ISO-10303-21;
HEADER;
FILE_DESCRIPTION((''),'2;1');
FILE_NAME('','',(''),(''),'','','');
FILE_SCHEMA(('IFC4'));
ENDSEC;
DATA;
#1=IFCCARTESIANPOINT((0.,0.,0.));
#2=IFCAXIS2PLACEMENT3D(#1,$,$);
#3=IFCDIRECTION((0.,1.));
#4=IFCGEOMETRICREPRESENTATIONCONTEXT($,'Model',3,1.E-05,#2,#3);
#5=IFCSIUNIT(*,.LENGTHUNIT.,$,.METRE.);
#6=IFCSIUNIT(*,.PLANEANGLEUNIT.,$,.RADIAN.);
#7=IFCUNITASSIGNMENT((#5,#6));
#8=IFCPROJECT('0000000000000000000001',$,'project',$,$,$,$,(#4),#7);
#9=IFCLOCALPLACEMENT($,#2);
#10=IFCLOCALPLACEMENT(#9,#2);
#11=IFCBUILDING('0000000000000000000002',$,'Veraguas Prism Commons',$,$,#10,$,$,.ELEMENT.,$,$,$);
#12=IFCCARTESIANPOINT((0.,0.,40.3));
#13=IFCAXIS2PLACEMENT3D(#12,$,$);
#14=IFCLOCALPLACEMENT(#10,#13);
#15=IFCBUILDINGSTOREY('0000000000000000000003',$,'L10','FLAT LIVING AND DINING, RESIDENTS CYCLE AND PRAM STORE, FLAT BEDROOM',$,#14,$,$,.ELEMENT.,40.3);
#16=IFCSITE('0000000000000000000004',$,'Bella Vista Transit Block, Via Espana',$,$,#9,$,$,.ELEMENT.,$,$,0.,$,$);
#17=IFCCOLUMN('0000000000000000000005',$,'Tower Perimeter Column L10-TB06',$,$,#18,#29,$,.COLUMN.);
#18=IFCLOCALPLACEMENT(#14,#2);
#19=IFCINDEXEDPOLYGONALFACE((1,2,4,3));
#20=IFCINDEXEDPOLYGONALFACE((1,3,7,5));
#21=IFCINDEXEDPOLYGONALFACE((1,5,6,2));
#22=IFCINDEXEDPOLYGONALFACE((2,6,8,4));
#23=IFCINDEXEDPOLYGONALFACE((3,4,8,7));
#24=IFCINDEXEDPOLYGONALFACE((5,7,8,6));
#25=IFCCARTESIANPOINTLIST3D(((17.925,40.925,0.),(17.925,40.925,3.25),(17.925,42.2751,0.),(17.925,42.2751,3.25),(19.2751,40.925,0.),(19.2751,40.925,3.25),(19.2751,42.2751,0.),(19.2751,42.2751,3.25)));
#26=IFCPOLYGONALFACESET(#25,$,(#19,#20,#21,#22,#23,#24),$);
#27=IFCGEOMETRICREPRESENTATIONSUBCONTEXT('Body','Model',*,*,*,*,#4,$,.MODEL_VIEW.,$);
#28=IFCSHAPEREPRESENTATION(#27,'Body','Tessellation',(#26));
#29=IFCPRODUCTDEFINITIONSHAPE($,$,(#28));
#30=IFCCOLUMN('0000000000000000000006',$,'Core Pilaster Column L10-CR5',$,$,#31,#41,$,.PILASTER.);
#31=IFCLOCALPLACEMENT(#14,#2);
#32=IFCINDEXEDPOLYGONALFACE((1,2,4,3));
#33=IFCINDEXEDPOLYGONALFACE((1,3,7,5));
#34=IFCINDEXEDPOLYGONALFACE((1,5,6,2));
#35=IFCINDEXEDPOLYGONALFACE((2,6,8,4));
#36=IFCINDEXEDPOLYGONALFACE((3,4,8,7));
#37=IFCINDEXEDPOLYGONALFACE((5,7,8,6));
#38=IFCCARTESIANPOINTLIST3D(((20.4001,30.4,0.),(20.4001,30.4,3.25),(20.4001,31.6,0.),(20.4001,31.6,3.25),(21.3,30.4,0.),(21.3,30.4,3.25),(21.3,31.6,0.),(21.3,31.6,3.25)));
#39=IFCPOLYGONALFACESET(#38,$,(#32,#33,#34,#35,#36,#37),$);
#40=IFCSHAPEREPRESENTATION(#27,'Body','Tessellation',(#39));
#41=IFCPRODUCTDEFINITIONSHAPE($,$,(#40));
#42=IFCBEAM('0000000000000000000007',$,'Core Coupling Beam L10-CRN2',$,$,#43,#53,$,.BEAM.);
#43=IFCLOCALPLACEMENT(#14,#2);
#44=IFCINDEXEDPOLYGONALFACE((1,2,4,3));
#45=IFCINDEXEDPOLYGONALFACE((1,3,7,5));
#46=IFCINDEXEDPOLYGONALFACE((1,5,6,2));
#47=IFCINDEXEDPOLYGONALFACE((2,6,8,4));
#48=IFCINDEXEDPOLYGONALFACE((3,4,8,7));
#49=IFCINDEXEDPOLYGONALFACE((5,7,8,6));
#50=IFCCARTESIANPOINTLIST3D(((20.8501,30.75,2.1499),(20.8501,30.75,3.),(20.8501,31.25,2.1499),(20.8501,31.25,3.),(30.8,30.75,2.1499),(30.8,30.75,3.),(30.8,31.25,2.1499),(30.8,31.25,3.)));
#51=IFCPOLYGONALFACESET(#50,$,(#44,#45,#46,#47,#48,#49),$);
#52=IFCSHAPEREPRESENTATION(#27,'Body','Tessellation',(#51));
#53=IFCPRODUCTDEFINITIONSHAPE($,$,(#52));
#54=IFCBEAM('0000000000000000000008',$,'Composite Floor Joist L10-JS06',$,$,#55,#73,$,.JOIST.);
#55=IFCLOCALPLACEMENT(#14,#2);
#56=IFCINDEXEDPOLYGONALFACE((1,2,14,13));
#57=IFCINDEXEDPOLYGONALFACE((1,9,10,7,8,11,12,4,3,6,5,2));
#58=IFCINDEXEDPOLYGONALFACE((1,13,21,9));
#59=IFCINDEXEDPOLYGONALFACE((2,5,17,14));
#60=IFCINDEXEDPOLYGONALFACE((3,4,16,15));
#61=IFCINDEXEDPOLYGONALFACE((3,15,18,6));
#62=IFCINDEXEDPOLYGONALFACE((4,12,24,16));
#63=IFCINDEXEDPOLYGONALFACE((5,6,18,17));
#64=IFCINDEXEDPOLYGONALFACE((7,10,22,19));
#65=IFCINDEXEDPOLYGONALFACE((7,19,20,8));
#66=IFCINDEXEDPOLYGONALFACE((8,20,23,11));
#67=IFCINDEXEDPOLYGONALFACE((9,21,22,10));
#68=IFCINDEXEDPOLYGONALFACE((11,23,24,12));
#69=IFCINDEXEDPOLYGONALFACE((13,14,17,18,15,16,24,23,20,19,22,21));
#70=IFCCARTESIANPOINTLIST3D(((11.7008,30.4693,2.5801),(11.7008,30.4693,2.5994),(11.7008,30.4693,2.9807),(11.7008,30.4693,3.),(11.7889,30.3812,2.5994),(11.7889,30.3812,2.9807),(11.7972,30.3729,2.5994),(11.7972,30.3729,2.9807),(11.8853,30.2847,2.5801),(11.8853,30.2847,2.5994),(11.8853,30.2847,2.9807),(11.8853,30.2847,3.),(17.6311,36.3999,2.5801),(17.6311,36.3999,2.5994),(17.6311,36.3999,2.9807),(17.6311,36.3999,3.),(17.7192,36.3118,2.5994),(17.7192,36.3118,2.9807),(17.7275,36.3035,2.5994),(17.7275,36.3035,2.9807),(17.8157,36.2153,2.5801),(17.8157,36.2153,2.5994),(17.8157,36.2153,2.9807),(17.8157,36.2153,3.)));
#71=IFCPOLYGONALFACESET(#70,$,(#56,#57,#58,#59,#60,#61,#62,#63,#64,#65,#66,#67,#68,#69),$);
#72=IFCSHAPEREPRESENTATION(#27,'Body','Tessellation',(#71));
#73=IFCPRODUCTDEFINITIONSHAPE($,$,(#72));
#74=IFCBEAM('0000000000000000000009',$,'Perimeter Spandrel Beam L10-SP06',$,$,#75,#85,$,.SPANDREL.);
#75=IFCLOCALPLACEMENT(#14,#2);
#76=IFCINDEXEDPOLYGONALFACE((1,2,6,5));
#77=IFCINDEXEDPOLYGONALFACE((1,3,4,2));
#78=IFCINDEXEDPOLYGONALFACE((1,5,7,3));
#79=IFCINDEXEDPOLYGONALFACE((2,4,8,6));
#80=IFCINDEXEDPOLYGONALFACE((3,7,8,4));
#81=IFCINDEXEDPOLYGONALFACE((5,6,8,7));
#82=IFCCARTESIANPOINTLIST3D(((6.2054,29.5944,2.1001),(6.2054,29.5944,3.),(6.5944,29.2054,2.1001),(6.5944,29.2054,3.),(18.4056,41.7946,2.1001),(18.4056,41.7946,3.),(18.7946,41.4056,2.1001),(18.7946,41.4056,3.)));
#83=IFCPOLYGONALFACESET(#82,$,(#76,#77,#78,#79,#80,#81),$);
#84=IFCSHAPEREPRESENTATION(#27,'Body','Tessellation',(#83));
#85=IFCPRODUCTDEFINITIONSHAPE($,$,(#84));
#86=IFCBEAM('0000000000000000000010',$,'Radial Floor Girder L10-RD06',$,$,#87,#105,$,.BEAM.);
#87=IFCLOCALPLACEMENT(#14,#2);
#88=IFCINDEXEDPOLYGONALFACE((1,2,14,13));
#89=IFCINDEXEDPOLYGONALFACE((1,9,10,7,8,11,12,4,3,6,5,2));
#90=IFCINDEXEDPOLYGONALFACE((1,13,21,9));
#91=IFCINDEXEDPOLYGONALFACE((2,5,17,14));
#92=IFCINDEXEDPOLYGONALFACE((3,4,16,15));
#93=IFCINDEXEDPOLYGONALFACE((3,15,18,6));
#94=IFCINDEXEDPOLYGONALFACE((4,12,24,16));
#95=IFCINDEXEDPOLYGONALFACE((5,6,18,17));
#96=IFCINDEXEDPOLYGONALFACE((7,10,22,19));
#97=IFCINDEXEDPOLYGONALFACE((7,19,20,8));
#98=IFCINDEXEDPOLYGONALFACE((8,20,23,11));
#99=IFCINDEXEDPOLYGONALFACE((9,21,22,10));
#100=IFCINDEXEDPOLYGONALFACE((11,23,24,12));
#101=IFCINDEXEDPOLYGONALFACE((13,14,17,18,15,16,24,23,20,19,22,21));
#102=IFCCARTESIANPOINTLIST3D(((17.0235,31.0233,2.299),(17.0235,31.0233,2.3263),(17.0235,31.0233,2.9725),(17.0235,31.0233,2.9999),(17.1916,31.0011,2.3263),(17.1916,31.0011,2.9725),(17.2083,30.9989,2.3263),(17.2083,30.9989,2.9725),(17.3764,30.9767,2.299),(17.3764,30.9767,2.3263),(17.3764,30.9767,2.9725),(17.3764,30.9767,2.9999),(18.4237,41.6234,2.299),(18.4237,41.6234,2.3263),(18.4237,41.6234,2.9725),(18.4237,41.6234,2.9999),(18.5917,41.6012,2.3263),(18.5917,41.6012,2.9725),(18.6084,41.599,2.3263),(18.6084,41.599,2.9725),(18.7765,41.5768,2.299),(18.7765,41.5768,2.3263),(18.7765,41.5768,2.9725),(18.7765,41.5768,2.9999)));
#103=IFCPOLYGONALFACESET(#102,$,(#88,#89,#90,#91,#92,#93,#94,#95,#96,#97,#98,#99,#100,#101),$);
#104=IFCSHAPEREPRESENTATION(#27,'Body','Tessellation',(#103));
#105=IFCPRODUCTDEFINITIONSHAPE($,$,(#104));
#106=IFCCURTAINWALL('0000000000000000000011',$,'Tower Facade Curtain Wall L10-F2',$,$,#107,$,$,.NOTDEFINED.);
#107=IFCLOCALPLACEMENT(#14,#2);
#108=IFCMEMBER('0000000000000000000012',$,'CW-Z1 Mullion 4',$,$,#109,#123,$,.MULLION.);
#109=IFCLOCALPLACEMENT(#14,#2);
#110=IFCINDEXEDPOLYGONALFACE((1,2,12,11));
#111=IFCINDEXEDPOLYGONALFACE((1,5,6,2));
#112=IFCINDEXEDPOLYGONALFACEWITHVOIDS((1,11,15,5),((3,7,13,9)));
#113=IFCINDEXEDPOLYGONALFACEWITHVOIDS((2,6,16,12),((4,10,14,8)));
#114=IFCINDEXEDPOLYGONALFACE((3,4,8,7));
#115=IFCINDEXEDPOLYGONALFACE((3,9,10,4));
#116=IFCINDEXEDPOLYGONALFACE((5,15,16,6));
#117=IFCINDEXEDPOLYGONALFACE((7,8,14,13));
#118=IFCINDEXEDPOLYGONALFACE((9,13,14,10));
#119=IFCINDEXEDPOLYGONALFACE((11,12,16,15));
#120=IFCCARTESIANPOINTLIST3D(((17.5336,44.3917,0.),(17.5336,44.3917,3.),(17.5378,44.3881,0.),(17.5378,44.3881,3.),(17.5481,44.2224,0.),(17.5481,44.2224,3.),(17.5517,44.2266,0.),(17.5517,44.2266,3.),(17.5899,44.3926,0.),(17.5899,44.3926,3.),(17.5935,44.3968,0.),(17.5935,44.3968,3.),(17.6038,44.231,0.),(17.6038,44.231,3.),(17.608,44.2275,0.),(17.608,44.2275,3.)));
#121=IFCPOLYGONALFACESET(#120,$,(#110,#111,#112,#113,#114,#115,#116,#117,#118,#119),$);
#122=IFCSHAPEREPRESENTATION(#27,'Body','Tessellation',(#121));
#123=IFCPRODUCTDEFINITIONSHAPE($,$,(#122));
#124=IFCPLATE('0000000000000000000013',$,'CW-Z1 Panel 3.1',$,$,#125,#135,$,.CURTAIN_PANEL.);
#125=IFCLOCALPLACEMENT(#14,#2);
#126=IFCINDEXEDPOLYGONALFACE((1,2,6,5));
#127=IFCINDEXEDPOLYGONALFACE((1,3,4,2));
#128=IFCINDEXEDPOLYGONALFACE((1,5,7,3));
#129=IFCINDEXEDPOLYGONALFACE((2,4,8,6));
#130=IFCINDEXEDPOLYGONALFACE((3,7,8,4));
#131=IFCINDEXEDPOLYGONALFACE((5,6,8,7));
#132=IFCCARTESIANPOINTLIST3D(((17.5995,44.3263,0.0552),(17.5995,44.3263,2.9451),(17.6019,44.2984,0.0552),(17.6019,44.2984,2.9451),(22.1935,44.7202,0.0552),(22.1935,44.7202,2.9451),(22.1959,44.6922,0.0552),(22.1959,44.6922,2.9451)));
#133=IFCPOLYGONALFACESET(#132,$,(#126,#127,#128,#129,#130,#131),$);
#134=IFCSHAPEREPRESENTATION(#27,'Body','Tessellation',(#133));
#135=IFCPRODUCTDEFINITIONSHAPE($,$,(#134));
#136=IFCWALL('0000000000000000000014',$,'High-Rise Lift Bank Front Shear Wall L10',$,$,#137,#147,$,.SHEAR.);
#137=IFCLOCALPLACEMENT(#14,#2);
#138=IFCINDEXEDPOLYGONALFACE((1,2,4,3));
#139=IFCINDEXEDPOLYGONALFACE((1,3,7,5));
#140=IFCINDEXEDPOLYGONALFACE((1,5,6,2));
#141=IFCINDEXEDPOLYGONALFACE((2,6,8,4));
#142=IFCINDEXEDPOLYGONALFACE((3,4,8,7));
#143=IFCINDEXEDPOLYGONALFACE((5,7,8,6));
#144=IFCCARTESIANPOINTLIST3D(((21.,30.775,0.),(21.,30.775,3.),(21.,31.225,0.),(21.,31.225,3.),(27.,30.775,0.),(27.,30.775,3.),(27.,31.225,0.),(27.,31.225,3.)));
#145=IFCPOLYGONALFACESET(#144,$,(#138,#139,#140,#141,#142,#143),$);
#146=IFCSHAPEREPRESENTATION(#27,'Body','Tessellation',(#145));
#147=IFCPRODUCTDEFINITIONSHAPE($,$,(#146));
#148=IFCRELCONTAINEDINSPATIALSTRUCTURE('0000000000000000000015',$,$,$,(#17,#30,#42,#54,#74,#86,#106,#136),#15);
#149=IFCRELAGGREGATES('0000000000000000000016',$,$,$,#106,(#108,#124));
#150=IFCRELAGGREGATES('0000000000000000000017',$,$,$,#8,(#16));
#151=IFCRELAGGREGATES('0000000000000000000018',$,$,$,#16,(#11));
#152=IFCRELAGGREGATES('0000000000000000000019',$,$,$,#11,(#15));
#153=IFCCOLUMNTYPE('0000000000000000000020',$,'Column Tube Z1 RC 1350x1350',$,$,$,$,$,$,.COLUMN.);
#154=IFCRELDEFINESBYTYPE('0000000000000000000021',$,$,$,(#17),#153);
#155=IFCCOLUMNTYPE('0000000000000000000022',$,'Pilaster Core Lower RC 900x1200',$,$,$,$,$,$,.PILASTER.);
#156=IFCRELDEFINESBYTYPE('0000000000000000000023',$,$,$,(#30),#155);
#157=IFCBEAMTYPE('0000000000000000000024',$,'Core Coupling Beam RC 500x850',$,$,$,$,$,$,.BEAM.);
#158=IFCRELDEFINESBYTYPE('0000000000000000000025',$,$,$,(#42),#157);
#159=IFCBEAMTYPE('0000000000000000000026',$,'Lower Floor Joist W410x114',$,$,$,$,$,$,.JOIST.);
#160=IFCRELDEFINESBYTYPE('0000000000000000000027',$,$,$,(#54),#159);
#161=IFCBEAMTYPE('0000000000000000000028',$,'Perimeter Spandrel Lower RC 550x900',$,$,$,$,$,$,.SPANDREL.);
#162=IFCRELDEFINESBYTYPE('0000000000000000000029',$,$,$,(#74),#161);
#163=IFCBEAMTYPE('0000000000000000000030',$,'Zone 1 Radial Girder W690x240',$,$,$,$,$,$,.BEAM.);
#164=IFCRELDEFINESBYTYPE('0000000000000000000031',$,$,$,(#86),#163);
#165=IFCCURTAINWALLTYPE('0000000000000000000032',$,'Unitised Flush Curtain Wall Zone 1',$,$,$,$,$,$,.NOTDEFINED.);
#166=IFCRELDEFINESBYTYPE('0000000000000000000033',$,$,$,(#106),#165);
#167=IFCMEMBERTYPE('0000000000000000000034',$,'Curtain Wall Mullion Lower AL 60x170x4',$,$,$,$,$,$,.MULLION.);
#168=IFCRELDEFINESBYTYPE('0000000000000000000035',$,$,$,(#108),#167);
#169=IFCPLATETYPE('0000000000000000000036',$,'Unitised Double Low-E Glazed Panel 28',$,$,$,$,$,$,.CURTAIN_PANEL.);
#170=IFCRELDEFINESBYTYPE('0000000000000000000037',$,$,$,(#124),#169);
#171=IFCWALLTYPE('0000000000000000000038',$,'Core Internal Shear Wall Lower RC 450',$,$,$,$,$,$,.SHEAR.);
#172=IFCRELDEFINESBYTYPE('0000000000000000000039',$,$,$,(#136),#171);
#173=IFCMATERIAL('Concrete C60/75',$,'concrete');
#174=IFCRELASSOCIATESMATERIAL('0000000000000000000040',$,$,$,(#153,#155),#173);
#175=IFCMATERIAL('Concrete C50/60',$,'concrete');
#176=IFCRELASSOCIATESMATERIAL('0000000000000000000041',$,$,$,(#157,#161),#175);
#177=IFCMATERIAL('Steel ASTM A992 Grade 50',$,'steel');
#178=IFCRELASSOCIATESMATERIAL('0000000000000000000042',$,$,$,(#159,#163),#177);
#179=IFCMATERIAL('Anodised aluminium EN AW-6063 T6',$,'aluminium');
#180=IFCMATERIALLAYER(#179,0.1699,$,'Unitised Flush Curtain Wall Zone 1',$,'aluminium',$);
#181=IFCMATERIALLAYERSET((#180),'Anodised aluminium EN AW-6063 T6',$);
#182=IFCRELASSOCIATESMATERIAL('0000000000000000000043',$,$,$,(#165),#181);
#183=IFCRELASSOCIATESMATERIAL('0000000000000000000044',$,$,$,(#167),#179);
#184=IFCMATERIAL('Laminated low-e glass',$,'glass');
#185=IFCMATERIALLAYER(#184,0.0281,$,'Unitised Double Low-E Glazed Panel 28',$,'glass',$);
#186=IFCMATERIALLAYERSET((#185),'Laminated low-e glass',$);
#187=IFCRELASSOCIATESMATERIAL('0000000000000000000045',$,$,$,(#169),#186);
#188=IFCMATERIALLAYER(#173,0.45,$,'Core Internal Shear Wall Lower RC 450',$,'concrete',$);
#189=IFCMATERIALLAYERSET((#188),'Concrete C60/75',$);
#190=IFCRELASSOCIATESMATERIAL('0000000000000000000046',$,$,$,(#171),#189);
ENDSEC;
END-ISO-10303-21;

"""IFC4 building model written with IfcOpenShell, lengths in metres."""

from ifc_helpers import new_model, si_unit, direction, frame, frame_2d, origin, origin_2d, place, context, subcontext, project, spatial, rectangle, hollow_rectangle, i_section, extrude, source, transform, mapped, material, layer, layer_set, material_profile, profile_set, type_object, element, aggregate, save


model = new_model("IFC4")

# Units and contexts
model_context = context("Model", 3, precision=1e-05, world=origin(), true_north=direction((0.0, 1.0)))
body_context = subcontext(model_context, "Body", "Model", "MODEL_VIEW")
ifc_project = project(units=[si_unit("LENGTHUNIT", "METRE"), si_unit("PLANEANGLEUNIT", "RADIAN")], contexts=[model_context])

# Site, building, storey
site_placement = place(None, origin())
site = spatial("IfcSite", under=ifc_project, at=site_placement, Name="Bella Vista Transit Block, Via Espana", CompositionType="ELEMENT", RefElevation=0.0)
building_placement = place(site_placement, origin())
building = spatial("IfcBuilding", under=site, at=building_placement, Name="Veraguas Prism Commons", CompositionType="ELEMENT")
storey_placement = place(building_placement, frame((0.0, 0.0, 40.3)))
storey = spatial("IfcBuildingStorey", under=building, at=storey_placement, Name="L10", Description="FLAT LIVING AND DINING, RESIDENTS CYCLE AND PRAM STORE, FLAT BEDROOM", CompositionType="ELEMENT", Elevation=40.3)

# Columns
ifc_material_1 = material(Name="Concrete C60/75", Category="concrete")
ifc_material_profile_1 = material_profile(ifc_material_1, rectangle(XDim=1.3501, YDim=1.3501, at=origin_2d()), Name="RC1350X1350")
ifc_profile_set_1 = profile_set([ifc_material_profile_1], Name="Concrete C60/75")
column_type_1 = type_object("IfcColumnType", Name="Column Tube Z1 RC 1350x1350", PredefinedType="COLUMN", material=ifc_profile_set_1)
column_1_placement = place(storey_placement, frame((18.6001, 41.6001, 0.0), z_axis=(0.0, 0.0, 1.0), x_axis=(1.0, 0.0, 0.0)))
element("IfcColumn", 1, at=column_1_placement, inside=storey, type_object=column_type_1, Name="Tower Perimeter Column L10-TB06", PredefinedType="COLUMN", context=body_context, shape_type="SweptSolid", body=[
    extrude(rectangle(XDim=1.3501, YDim=1.3501, at=origin_2d()), origin(), (0.0, 0.0, 1.0), 3.25),
])
ifc_material_profile_2 = material_profile(ifc_material_1, rectangle(XDim=0.8999, YDim=1.2, at=origin_2d()), Name="RC900X1200")
ifc_profile_set_2 = profile_set([ifc_material_profile_2], Name="Concrete C60/75")
column_type_2 = type_object("IfcColumnType", Name="Pilaster Core Lower RC 900x1200", PredefinedType="PILASTER", material=ifc_profile_set_2)
column_2_placement = place(storey_placement, frame((20.8501, 31.0, 0.0), z_axis=(0.0, 0.0, 1.0), x_axis=(1.0, 0.0, 0.0)))
element("IfcColumn", 2, at=column_2_placement, inside=storey, type_object=column_type_2, Name="Core Pilaster Column L10-CR5", PredefinedType="PILASTER", context=body_context, shape_type="SweptSolid", body=[
    extrude(rectangle(XDim=0.8999, YDim=1.2, at=origin_2d()), origin(), (0.0, 0.0, 1.0), 3.25),
])

# Beams
ifc_material_2 = material(Name="Concrete C50/60", Category="concrete")
ifc_material_profile_3 = material_profile(ifc_material_2, rectangle(XDim=0.5, YDim=0.8501, at=origin_2d()), Name="RC500X850")
ifc_profile_set_3 = profile_set([ifc_material_profile_3], Name="Concrete C50/60")
beam_type_1 = type_object("IfcBeamType", Name="Core Coupling Beam RC 500x850", PredefinedType="BEAM", material=ifc_profile_set_3)
beam_1_placement = place(storey_placement, frame((20.8501, 31.0, 2.575), z_axis=(1.0, 0.0, 0.0), x_axis=(0.0, 1.0, 0.0)))
element("IfcBeam", 3, at=beam_1_placement, inside=storey, type_object=beam_type_1, Name="Core Coupling Beam L10-CRN2", PredefinedType="BEAM", context=body_context, shape_type="SweptSolid", body=[
    extrude(rectangle(XDim=0.5, YDim=0.8501, at=origin_2d()), origin(), (0.0, 0.0, 1.0), 9.95),
])
ifc_material_3 = material(Name="Steel ASTM A992 Grade 50", Category="steel")
ifc_material_profile_4 = material_profile(ifc_material_3, i_section(OverallWidth=0.261, OverallDepth=0.4199, WebThickness=0.0117, FlangeThickness=0.0193, at=origin_2d()), Name="W410X114")
ifc_profile_set_4 = profile_set([ifc_material_profile_4], Name="Steel ASTM A992 Grade 50")
beam_type_2 = type_object("IfcBeamType", Name="Lower Floor Joist W410x114", PredefinedType="JOIST", material=ifc_profile_set_4)
beam_2_placement = place(storey_placement, frame((17.7234, 36.3076, 2.79), z_axis=(-0.707092, -0.707121, 0.0), x_axis=(0.707121, -0.707092, 0.0)))
element("IfcBeam", 4, at=beam_2_placement, inside=storey, type_object=beam_type_2, Name="Composite Floor Joist L10-JS06", PredefinedType="JOIST", context=body_context, shape_type="SweptSolid", body=[
    extrude(i_section(OverallWidth=0.261, OverallDepth=0.4199, WebThickness=0.0117, FlangeThickness=0.0193, at=origin_2d()), origin(), (0.0, 0.0, 1.0), 8.387),
])
ifc_material_profile_5 = material_profile(ifc_material_2, rectangle(XDim=0.55, YDim=0.8999, at=origin_2d()), Name="RC550X900")
ifc_profile_set_5 = profile_set([ifc_material_profile_5], Name="Concrete C50/60")
beam_type_3 = type_object("IfcBeamType", Name="Perimeter Spandrel Lower RC 550x900", PredefinedType="SPANDREL", material=ifc_profile_set_5)
beam_3_placement = place(storey_placement, frame((18.6001, 41.6001, 2.55), z_axis=(-0.707107, -0.707107, 0.0), x_axis=(0.707107, -0.707107, 0.0)))
element("IfcBeam", 5, at=beam_3_placement, inside=storey, type_object=beam_type_3, Name="Perimeter Spandrel Beam L10-SP06", PredefinedType="SPANDREL", context=body_context, shape_type="SweptSolid", body=[
    extrude(rectangle(XDim=0.55, YDim=0.8999, at=origin_2d()), origin(), (0.0, 0.0, 1.0), 17.2537),
])
ifc_material_profile_6 = material_profile(ifc_material_3, i_section(OverallWidth=0.356, OverallDepth=0.7009, WebThickness=0.0168, FlangeThickness=0.0273, at=origin_2d()), Name="W690X240")
ifc_profile_set_6 = profile_set([ifc_material_profile_6], Name="Steel ASTM A992 Grade 50")
beam_type_4 = type_object("IfcBeamType", Name="Zone 1 Radial Girder W690x240", PredefinedType="BEAM", material=ifc_profile_set_6)
beam_4_placement = place(storey_placement, frame((18.6001, 41.6001, 2.6494), z_axis=(-0.130951, -0.991389, 0.0), x_axis=(0.991389, -0.130951, 0.0)))
element("IfcBeam", 6, at=beam_4_placement, inside=storey, type_object=beam_type_4, Name="Radial Floor Girder L10-RD06", PredefinedType="BEAM", context=body_context, shape_type="SweptSolid", body=[
    extrude(i_section(OverallWidth=0.356, OverallDepth=0.7009, WebThickness=0.0168, FlangeThickness=0.0273, at=origin_2d()), origin(), (0.0, 0.0, 1.0), 10.6921),
])

# Curtain wall, member, plate
ifc_material_4 = material(Name="Anodised aluminium EN AW-6063 T6", Category="aluminium")
ifc_layer_1 = layer(ifc_material_4, 0.1699, Name="Unitised Flush Curtain Wall Zone 1", Category="aluminium")
ifc_layer_set_1 = layer_set([ifc_layer_1], Name="Anodised aluminium EN AW-6063 T6")
curtain_wall_type = type_object("IfcCurtainWallType", Name="Unitised Flush Curtain Wall Zone 1", PredefinedType="NOTDEFINED", material=ifc_layer_set_1)
curtain_wall_placement = place(storey_placement, origin())
curtain_wall = element("IfcCurtainWall", 7, at=curtain_wall_placement, inside=storey, type_object=curtain_wall_type, Name="Tower Facade Curtain Wall L10-F2", PredefinedType="NOTDEFINED")
ifc_material_profile_7 = material_profile(ifc_material_4, hollow_rectangle(XDim=0.0601, YDim=0.1699, WallThickness=0.0039, at=origin_2d()), Name="AL60X170X4")
ifc_profile_set_7 = profile_set([ifc_material_profile_7], Name="Anodised aluminium EN AW-6063 T6")
member_type = type_object("IfcMemberType", Name="Curtain Wall Mullion Lower AL 60x170x4", PredefinedType="MULLION", material=ifc_profile_set_7)
shared_shape_1 = source(origin(), body_context, "Body", "SweptSolid", [
    extrude(hollow_rectangle(XDim=0.0601, YDim=0.1699, WallThickness=0.0039, at=origin_2d()), origin(), (0.0, 0.0, 1.0), 3.0),
])
member_placement = place(storey_placement, frame((17.5708, 44.3096, 0.0), z_axis=(0.0, 0.0, 1.0), x_axis=(-0.996345, -0.085417, 0.0)))
member = element("IfcMember", 8, at=member_placement, type_object=member_type, Name="CW-Z1 Mullion 4", PredefinedType="MULLION", context=body_context, shape_type="MappedRepresentation", body=[
    mapped(shared_shape_1, transform((0.0, 0.0, 0.0), scale=1.0)),
])
ifc_material_5 = material(Name="Laminated low-e glass", Category="glass")
ifc_layer_2 = layer(ifc_material_5, 0.0281, Name="Unitised Double Low-E Glazed Panel 28", Category="glass")
ifc_layer_set_2 = layer_set([ifc_layer_2], Name="Laminated low-e glass")
plate_type = type_object("IfcPlateType", Name="Unitised Double Low-E Glazed Panel 28", PredefinedType="CURTAIN_PANEL", material=ifc_layer_set_2)
shared_shape_2 = source(origin(), body_context, "Body", "SweptSolid", [
    extrude(rectangle(XDim=4.6108, YDim=0.0281, at=origin_2d()), origin(), (0.0, 0.0, 1.0), 2.8899),
])
plate_placement = place(storey_placement, frame((19.8977, 44.5093, 0.0552), z_axis=(0.0, 0.0, 1.0), x_axis=(-0.996345, -0.085417, 0.0)))
plate = element("IfcPlate", 9, at=plate_placement, type_object=plate_type, Name="CW-Z1 Panel 3.1", PredefinedType="CURTAIN_PANEL", context=body_context, shape_type="MappedRepresentation", body=[
    mapped(shared_shape_2, transform((0.0, 0.0, 0.0), scale=1.0)),
])
aggregate(curtain_wall, [member, plate])

# Wall
ifc_layer_3 = layer(ifc_material_1, 0.45, Name="Core Internal Shear Wall Lower RC 450", Category="concrete")
ifc_layer_set_3 = layer_set([ifc_layer_3], Name="Concrete C60/75")
wall_type_1 = type_object("IfcWallType", Name="Core Internal Shear Wall Lower RC 450", PredefinedType="SHEAR", material=ifc_layer_set_3)
wall_1_placement = place(storey_placement, frame((21.0, 31.0, 0.0), z_axis=(0.0, 0.0, 1.0), x_axis=(1.0, 0.0, 0.0)))
element("IfcWall", 10, at=wall_1_placement, inside=storey, type_object=wall_type_1, Name="High-Rise Lift Bank Front Shear Wall L10", PredefinedType="SHEAR", context=body_context, shape_type="SweptSolid", body=[
    extrude(rectangle(XDim=6.0, YDim=0.45, at=frame_2d((3.0, 0.0))), origin(), (0.0, 0.0, 1.0), 3.0),
])

save(model, "model.ifc")
